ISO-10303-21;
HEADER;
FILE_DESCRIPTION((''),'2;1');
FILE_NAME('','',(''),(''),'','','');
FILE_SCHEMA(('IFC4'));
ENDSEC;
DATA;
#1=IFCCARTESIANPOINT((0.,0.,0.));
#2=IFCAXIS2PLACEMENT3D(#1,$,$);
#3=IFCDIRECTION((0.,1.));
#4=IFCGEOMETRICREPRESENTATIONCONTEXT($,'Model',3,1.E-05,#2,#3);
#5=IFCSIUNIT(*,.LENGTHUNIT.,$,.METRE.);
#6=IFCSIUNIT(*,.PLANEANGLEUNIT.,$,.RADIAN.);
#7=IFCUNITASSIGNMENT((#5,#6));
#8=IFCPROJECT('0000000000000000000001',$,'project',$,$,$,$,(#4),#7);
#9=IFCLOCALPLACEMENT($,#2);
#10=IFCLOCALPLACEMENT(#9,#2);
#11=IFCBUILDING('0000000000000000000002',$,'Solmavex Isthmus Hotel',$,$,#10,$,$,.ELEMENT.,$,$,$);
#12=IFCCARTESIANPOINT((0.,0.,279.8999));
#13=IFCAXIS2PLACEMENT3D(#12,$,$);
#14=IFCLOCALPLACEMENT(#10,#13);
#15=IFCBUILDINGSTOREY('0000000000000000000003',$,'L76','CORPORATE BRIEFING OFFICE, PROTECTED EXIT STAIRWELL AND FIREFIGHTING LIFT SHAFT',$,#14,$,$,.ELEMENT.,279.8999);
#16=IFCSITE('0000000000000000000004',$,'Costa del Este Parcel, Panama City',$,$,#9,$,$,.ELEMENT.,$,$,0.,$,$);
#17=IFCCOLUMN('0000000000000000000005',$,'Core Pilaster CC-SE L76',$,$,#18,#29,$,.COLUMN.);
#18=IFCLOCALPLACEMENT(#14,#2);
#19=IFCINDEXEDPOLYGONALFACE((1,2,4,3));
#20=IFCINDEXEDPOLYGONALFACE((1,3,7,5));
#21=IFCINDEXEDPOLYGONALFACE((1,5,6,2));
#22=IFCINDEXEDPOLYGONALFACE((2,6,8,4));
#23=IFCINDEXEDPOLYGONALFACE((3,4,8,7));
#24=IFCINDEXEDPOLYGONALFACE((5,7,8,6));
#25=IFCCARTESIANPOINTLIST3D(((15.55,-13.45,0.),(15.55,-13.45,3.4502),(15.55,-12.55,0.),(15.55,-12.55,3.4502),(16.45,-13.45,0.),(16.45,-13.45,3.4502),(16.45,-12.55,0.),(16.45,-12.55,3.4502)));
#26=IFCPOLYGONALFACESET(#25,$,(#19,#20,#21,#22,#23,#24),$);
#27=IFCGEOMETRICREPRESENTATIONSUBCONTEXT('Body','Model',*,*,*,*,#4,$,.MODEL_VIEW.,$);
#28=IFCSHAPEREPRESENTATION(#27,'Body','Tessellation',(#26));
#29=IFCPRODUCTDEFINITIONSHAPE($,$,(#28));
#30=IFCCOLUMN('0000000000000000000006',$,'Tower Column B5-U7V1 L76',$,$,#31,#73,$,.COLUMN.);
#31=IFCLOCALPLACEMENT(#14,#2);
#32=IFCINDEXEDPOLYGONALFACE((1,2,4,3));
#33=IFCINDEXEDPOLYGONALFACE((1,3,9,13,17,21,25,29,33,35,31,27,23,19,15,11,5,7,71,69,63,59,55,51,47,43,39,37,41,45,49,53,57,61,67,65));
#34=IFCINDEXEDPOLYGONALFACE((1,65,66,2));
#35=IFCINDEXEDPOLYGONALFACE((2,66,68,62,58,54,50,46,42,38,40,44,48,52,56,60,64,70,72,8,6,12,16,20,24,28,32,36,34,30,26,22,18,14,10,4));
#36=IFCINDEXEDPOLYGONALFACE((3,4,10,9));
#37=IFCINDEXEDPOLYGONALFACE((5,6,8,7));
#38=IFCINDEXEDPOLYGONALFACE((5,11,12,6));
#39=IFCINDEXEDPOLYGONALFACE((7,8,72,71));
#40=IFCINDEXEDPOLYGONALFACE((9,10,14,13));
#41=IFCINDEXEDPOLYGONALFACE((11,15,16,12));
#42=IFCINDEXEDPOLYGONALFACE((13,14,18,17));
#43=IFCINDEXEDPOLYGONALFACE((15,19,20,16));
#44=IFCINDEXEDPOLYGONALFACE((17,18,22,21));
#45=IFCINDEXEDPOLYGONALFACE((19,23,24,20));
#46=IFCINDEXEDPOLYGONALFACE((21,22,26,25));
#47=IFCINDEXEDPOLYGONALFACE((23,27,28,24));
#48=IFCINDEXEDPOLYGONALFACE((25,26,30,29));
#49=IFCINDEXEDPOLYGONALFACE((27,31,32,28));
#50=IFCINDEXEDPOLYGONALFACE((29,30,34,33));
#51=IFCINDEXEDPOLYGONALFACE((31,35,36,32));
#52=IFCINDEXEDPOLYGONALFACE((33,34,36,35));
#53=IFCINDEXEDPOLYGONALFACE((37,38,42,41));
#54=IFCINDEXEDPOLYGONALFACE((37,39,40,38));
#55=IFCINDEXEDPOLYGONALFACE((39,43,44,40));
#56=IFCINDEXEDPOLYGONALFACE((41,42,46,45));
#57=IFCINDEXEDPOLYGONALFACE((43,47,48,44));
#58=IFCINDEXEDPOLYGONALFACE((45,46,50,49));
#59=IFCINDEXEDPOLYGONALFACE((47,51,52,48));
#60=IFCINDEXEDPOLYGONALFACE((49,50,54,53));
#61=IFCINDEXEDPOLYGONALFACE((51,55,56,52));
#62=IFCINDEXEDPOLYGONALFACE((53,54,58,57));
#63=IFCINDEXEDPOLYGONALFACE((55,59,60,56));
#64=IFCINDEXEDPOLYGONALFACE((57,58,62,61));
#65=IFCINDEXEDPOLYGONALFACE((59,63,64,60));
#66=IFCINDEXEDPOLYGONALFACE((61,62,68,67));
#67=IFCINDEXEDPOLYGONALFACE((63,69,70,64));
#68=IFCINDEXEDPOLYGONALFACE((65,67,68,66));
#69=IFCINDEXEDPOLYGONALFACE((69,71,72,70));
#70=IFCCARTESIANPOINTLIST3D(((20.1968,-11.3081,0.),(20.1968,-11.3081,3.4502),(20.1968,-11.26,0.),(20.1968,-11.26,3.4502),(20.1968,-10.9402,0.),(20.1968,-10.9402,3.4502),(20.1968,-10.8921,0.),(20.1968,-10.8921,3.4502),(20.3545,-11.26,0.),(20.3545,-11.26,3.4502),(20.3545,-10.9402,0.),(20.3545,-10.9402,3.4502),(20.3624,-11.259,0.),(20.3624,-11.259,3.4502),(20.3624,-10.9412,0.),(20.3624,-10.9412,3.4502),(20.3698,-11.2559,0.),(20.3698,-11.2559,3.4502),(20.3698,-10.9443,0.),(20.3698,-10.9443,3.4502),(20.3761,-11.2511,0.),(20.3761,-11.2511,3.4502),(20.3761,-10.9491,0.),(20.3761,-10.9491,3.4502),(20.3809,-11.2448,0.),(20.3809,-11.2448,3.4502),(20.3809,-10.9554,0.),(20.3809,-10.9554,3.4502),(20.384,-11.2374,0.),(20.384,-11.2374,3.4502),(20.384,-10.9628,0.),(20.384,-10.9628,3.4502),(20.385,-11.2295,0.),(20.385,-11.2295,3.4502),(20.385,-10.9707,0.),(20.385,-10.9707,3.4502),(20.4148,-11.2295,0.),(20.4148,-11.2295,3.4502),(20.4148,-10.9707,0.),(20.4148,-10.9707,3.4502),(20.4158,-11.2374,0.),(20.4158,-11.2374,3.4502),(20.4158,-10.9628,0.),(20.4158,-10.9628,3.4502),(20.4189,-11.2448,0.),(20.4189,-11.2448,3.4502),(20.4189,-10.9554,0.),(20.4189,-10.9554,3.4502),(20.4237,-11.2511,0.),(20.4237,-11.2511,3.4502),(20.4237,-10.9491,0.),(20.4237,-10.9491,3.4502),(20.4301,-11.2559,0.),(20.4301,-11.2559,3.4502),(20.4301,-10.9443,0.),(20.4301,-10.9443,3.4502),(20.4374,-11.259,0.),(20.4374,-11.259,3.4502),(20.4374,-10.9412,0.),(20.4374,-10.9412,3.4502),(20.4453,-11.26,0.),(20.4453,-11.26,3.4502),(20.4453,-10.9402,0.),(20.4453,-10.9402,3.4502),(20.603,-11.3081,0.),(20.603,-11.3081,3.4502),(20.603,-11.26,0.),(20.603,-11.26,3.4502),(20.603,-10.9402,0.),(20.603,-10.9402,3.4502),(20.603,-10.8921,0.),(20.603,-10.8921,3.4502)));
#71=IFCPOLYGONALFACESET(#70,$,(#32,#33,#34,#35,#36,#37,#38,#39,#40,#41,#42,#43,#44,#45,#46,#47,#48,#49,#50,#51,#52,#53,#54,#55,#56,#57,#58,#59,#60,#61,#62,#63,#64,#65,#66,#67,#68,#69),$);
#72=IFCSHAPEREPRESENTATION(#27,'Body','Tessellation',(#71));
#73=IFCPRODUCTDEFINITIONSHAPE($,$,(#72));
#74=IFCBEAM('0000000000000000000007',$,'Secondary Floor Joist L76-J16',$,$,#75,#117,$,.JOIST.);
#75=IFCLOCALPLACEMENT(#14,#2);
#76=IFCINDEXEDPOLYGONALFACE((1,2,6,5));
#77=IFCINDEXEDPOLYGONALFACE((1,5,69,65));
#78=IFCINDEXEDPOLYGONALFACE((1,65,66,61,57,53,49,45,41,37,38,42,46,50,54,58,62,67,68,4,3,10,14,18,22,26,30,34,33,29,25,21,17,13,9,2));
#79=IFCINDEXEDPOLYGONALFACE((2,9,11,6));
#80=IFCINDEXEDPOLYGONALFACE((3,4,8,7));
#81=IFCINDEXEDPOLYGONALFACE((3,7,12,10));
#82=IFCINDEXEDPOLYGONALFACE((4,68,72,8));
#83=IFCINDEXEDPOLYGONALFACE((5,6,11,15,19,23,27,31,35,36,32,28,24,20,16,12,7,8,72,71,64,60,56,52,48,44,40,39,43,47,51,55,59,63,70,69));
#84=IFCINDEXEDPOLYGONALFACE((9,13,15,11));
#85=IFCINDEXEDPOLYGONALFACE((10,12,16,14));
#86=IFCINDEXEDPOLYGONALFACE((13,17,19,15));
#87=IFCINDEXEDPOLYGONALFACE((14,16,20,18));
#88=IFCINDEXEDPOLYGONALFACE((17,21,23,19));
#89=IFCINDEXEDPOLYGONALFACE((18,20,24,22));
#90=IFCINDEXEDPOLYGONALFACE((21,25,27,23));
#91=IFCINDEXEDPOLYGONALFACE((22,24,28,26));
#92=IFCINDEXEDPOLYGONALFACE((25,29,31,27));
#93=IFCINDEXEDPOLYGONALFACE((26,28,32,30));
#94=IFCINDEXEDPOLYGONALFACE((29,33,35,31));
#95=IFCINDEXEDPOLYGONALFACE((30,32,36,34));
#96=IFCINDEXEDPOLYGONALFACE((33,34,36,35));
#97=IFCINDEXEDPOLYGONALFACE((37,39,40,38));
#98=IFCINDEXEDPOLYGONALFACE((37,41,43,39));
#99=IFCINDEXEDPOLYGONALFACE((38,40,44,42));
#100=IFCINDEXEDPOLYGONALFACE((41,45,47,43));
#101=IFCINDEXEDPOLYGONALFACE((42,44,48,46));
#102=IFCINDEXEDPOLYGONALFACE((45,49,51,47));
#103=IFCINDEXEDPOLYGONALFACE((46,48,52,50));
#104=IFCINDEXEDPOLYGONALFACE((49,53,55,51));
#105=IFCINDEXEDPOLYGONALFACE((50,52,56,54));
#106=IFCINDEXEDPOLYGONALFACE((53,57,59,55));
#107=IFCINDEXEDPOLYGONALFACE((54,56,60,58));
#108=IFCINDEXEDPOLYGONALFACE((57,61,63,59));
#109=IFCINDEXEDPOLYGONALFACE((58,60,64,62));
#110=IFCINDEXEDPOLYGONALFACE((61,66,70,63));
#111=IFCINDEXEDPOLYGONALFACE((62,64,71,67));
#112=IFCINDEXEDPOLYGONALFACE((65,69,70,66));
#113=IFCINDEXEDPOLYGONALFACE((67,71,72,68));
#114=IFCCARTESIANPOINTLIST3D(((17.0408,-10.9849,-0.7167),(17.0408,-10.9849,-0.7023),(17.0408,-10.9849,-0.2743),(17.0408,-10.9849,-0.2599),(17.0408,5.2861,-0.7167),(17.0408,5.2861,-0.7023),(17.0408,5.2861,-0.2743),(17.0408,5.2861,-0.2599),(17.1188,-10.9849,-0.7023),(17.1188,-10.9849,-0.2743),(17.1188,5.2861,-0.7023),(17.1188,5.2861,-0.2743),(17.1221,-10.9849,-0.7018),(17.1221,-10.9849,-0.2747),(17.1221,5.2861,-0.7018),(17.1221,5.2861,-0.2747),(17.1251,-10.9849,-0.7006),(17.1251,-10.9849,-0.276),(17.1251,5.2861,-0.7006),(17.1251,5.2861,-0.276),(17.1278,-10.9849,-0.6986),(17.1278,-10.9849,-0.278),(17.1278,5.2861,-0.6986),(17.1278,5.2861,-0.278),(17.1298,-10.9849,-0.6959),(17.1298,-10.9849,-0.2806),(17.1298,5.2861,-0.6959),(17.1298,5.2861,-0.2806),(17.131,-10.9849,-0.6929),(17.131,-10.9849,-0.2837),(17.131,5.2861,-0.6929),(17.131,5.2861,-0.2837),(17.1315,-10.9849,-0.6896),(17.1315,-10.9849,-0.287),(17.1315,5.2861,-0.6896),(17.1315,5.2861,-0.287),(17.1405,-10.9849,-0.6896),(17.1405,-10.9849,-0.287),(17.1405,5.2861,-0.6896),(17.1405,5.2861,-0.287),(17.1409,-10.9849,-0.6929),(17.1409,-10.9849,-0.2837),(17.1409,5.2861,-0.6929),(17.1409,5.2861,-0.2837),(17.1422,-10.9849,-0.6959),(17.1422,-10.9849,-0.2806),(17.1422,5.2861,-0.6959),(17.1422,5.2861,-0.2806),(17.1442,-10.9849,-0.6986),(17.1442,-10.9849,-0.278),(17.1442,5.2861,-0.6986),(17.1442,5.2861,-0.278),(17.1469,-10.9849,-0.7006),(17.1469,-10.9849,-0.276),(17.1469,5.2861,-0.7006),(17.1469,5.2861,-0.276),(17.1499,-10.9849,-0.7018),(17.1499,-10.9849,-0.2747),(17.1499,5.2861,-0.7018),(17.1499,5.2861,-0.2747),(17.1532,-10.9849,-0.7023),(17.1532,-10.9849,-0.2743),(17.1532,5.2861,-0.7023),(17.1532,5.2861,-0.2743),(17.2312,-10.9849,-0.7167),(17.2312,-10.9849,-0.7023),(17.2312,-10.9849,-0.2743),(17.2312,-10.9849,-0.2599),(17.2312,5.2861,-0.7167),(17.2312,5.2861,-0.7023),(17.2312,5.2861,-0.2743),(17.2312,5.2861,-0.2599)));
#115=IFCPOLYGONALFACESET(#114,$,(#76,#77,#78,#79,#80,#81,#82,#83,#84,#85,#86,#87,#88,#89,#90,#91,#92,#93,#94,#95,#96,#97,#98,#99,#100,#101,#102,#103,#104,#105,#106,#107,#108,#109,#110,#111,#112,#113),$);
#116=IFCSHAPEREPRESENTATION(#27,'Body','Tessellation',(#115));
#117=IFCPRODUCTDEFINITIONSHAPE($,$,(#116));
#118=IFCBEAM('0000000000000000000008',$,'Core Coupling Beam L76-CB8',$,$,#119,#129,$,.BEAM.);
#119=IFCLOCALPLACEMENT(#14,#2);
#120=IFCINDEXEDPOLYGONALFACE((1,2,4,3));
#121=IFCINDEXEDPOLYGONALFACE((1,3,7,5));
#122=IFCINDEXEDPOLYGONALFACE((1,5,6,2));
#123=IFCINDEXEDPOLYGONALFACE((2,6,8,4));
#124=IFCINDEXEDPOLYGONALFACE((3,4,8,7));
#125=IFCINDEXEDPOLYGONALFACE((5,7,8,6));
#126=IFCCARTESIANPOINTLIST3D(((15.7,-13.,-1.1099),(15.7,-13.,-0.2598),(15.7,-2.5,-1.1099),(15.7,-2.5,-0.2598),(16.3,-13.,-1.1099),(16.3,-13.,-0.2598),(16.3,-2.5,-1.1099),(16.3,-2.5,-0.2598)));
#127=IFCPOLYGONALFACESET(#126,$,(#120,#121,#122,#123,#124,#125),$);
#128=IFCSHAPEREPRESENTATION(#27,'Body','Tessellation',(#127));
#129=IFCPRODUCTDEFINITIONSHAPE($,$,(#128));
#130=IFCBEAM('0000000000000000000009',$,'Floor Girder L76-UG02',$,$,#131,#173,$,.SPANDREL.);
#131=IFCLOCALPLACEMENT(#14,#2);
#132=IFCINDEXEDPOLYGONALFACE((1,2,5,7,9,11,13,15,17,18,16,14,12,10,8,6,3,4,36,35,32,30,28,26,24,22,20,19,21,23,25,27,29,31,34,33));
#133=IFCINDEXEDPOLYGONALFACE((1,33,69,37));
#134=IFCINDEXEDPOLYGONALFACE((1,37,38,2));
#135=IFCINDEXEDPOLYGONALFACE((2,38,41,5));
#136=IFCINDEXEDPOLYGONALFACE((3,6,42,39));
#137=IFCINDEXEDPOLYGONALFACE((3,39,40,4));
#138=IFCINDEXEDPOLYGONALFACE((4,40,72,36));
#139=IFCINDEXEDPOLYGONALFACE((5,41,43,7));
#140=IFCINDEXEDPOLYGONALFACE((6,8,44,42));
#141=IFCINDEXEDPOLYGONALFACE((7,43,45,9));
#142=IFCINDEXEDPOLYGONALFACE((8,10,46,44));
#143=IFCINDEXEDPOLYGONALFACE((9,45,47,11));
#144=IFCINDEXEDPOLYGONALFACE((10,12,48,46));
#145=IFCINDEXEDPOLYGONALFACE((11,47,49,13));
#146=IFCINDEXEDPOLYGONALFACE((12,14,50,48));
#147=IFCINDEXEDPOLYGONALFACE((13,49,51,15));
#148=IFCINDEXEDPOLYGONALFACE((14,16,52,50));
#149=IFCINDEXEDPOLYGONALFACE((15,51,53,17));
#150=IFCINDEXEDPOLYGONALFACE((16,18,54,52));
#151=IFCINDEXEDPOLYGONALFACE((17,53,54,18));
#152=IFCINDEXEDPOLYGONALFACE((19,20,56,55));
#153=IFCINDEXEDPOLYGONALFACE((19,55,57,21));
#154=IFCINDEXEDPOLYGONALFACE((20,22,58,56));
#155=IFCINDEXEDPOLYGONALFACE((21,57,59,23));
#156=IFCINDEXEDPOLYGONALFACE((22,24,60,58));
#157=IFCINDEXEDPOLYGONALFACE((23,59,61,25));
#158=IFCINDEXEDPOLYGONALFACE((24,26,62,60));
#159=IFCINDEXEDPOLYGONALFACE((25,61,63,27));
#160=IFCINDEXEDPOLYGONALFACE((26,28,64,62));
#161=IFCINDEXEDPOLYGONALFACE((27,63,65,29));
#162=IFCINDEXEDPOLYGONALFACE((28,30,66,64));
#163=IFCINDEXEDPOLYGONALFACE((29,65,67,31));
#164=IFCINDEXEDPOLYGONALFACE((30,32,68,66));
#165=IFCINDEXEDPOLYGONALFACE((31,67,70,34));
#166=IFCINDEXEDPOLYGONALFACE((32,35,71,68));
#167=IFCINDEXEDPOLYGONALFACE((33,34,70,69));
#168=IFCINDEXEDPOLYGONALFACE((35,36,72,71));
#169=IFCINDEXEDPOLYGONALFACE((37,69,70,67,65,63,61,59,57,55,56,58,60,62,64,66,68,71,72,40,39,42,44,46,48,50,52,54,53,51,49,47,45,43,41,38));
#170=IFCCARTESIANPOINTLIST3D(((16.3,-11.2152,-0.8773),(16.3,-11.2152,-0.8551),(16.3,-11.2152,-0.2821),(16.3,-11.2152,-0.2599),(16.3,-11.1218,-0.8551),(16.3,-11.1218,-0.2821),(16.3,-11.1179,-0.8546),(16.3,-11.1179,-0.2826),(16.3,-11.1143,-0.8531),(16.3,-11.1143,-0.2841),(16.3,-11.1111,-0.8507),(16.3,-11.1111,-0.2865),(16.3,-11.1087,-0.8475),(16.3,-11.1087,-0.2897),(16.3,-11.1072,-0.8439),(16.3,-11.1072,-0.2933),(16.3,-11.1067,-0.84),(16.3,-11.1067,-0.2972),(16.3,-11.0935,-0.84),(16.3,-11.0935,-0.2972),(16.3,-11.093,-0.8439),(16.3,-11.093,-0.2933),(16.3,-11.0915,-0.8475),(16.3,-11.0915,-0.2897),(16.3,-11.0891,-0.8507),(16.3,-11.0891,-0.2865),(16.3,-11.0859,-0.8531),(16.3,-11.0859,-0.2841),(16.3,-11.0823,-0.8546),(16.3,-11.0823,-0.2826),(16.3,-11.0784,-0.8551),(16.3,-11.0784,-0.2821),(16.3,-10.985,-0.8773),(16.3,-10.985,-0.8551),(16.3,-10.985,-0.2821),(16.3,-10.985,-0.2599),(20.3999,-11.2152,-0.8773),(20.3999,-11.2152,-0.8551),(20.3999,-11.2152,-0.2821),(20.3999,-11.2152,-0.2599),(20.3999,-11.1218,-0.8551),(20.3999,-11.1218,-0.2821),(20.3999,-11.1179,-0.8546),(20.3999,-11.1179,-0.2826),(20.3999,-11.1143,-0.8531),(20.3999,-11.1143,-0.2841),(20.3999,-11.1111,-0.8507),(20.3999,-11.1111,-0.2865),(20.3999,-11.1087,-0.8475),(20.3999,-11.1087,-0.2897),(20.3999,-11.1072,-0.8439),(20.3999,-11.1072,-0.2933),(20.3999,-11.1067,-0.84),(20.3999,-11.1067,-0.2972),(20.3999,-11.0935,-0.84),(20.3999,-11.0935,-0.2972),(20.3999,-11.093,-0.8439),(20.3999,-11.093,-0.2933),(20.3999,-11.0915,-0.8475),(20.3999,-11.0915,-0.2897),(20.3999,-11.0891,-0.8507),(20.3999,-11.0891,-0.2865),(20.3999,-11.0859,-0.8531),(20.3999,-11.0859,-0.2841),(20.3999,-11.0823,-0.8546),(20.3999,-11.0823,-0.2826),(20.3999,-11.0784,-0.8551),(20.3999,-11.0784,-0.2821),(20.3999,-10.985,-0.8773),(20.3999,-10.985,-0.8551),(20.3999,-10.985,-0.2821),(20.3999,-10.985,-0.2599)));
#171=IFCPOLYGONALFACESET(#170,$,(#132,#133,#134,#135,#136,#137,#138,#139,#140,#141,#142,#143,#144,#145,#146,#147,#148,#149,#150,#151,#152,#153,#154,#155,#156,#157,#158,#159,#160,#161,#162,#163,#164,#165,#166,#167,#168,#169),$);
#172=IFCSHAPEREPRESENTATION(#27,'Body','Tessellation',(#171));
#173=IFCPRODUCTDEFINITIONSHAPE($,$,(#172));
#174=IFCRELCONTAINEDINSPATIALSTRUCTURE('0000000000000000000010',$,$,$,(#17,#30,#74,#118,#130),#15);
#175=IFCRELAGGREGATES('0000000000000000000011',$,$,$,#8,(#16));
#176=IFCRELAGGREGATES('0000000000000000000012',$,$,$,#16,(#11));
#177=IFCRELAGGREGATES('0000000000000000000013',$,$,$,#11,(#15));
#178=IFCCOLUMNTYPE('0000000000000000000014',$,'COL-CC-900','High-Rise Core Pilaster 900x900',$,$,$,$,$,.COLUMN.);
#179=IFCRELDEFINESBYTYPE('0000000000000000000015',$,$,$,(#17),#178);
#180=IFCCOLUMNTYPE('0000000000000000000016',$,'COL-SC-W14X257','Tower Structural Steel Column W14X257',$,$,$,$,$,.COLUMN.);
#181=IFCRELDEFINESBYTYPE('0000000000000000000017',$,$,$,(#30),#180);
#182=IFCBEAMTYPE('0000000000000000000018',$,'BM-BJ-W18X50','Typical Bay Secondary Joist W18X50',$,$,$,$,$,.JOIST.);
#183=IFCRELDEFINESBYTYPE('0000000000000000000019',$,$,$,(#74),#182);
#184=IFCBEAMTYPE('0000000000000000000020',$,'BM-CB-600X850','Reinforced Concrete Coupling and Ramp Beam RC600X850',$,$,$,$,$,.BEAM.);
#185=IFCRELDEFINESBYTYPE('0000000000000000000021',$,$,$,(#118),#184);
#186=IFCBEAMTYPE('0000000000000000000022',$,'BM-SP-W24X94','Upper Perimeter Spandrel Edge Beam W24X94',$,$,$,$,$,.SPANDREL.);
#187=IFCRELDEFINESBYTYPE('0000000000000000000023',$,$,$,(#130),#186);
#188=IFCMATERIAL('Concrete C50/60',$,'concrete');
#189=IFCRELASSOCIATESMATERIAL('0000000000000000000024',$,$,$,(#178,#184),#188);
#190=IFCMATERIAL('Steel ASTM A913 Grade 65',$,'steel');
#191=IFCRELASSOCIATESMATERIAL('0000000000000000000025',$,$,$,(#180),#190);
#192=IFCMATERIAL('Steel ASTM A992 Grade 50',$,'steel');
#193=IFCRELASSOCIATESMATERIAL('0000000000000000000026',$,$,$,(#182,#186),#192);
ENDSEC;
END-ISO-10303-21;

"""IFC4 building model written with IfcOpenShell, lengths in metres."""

from ifc_helpers import new_model, si_unit, direction, frame, origin, origin_2d, place, context, subcontext, project, spatial, rectangle, i_section, extrude, material, material_profile, profile_set, type_object, element, save


model = new_model("IFC4")

# Units and contexts
model_context = context("Model", 3, precision=1e-05, world=origin(), true_north=direction((0.0, 1.0)))
body_context = subcontext(model_context, "Body", "Model", "MODEL_VIEW")
ifc_project = project(units=[si_unit("LENGTHUNIT", "METRE"), si_unit("PLANEANGLEUNIT", "RADIAN")], contexts=[model_context])

# Site, building, storey
site_placement = place(None, origin())
site = spatial("IfcSite", under=ifc_project, at=site_placement, Name="Costa del Este Parcel, Panama City", CompositionType="ELEMENT", RefElevation=0.0)
building_placement = place(site_placement, origin())
building = spatial("IfcBuilding", under=site, at=building_placement, Name="Solmavex Isthmus Hotel", CompositionType="ELEMENT")
storey_placement = place(building_placement, frame((0.0, 0.0, 279.8999)))
storey = spatial("IfcBuildingStorey", under=building, at=storey_placement, Name="L76", Description="CORPORATE BRIEFING OFFICE, PROTECTED EXIT STAIRWELL AND FIREFIGHTING LIFT SHAFT", CompositionType="ELEMENT", Elevation=279.8999)

# Columns
ifc_material_1 = material(Name="Concrete C50/60", Category="concrete")
ifc_material_profile_1 = material_profile(ifc_material_1, rectangle(XDim=0.8999, YDim=0.8999, at=origin_2d()), Name="RC900X900")
ifc_profile_set_1 = profile_set([ifc_material_profile_1], Name="Concrete C50/60")
column_type_1 = type_object("IfcColumnType", Name="COL-CC-900", Description="High-Rise Core Pilaster 900x900", PredefinedType="COLUMN", material=ifc_profile_set_1)
column_1_placement = place(storey_placement, frame((16.0, -13.0, 0.0), z_axis=(0.0, 0.0, 1.0), x_axis=(1.0, 0.0, 0.0)))
element("IfcColumn", 1, at=column_1_placement, inside=storey, type_object=column_type_1, Name="Core Pilaster CC-SE L76", PredefinedType="COLUMN", context=body_context, shape_type="SweptSolid", body=[
    extrude(rectangle(XDim=0.8999, YDim=0.8999, at=origin_2d()), origin(), (0.0, 0.0, 1.0), 3.4502),
])
ifc_material_2 = material(Name="Steel ASTM A913 Grade 65", Category="steel")
ifc_material_profile_2 = material_profile(ifc_material_2, i_section(OverallWidth=0.4062, OverallDepth=0.416, WebThickness=0.0298, FlangeThickness=0.0481, FilletRadius=0.0305, at=origin_2d()), Name="W14X257")
ifc_profile_set_2 = profile_set([ifc_material_profile_2], Name="Steel ASTM A913 Grade 65")
column_type_2 = type_object("IfcColumnType", Name="COL-SC-W14X257", Description="Tower Structural Steel Column W14X257", PredefinedType="COLUMN", material=ifc_profile_set_2)
column_2_placement = place(storey_placement, frame((20.3999, -11.1001, 0.0), z_axis=(0.0, 0.0, 1.0), x_axis=(1.0, 0.0, 0.0)))
element("IfcColumn", 2, at=column_2_placement, inside=storey, type_object=column_type_2, Name="Tower Column B5-U7V1 L76", PredefinedType="COLUMN", context=body_context, shape_type="SweptSolid", body=[
    extrude(i_section(OverallWidth=0.4062, OverallDepth=0.416, WebThickness=0.0298, FlangeThickness=0.0481, FilletRadius=0.0305, at=origin_2d()), origin(), (0.0, 0.0, 1.0), 3.4502),
])

# Beams
ifc_material_3 = material(Name="Steel ASTM A992 Grade 50", Category="steel")
ifc_material_profile_3 = material_profile(ifc_material_3, i_section(OverallWidth=0.1904, OverallDepth=0.4568, WebThickness=0.009, FlangeThickness=0.0144, FilletRadius=0.0127, at=origin_2d()), Name="W18X50")
ifc_profile_set_3 = profile_set([ifc_material_profile_3], Name="Steel ASTM A992 Grade 50")
beam_type_1 = type_object("IfcBeamType", Name="BM-BJ-W18X50", Description="Typical Bay Secondary Joist W18X50", PredefinedType="JOIST", material=ifc_profile_set_3)
beam_1_placement = place(storey_placement, frame((17.136, -10.9849, -0.4883), z_axis=(0.0, 1.0, 0.0), x_axis=(-1.0, 0.0, 0.0)))
element("IfcBeam", 3, at=beam_1_placement, inside=storey, type_object=beam_type_1, Name="Secondary Floor Joist L76-J16", PredefinedType="JOIST", context=body_context, shape_type="SweptSolid", body=[
    extrude(i_section(OverallWidth=0.1904, OverallDepth=0.4568, WebThickness=0.009, FlangeThickness=0.0144, FilletRadius=0.0127, at=origin_2d()), origin(), (0.0, 0.0, 1.0), 16.271),
])
ifc_material_profile_4 = material_profile(ifc_material_1, rectangle(XDim=0.6001, YDim=0.8501, at=origin_2d()), Name="RC600X850")
ifc_profile_set_4 = profile_set([ifc_material_profile_4], Name="Concrete C50/60")
beam_type_2 = type_object("IfcBeamType", Name="BM-CB-600X850", Description="Reinforced Concrete Coupling and Ramp Beam RC600X850", PredefinedType="BEAM", material=ifc_profile_set_4)
beam_2_placement = place(storey_placement, frame((16.0, -13.0, -0.6848), z_axis=(0.0, 1.0, 0.0), x_axis=(-1.0, 0.0, 0.0)))
element("IfcBeam", 4, at=beam_2_placement, inside=storey, type_object=beam_type_2, Name="Core Coupling Beam L76-CB8", PredefinedType="BEAM", context=body_context, shape_type="SweptSolid", body=[
    extrude(rectangle(XDim=0.6001, YDim=0.8501, at=origin_2d()), origin(), (0.0, 0.0, 1.0), 10.5),
])
ifc_material_profile_5 = material_profile(ifc_material_3, i_section(OverallWidth=0.2302, OverallDepth=0.6174, WebThickness=0.0132, FlangeThickness=0.0222, FilletRadius=0.0151, at=origin_2d()), Name="W24X94")
ifc_profile_set_5 = profile_set([ifc_material_profile_5], Name="Steel ASTM A992 Grade 50")
beam_type_3 = type_object("IfcBeamType", Name="BM-SP-W24X94", Description="Upper Perimeter Spandrel Edge Beam W24X94", PredefinedType="SPANDREL", material=ifc_profile_set_5)
beam_3_placement = place(storey_placement, frame((16.3, -11.1001, -0.5686), z_axis=(1.0, 0.0, 0.0), x_axis=(0.0, 1.0, 0.0)))
element("IfcBeam", 5, at=beam_3_placement, inside=storey, type_object=beam_type_3, Name="Floor Girder L76-UG02", PredefinedType="SPANDREL", context=body_context, shape_type="SweptSolid", body=[
    extrude(i_section(OverallWidth=0.2302, OverallDepth=0.6174, WebThickness=0.0132, FlangeThickness=0.0222, FilletRadius=0.0151, at=origin_2d()), origin(), (0.0, 0.0, 1.0), 4.0999),
])

save(model, "model.ifc")
